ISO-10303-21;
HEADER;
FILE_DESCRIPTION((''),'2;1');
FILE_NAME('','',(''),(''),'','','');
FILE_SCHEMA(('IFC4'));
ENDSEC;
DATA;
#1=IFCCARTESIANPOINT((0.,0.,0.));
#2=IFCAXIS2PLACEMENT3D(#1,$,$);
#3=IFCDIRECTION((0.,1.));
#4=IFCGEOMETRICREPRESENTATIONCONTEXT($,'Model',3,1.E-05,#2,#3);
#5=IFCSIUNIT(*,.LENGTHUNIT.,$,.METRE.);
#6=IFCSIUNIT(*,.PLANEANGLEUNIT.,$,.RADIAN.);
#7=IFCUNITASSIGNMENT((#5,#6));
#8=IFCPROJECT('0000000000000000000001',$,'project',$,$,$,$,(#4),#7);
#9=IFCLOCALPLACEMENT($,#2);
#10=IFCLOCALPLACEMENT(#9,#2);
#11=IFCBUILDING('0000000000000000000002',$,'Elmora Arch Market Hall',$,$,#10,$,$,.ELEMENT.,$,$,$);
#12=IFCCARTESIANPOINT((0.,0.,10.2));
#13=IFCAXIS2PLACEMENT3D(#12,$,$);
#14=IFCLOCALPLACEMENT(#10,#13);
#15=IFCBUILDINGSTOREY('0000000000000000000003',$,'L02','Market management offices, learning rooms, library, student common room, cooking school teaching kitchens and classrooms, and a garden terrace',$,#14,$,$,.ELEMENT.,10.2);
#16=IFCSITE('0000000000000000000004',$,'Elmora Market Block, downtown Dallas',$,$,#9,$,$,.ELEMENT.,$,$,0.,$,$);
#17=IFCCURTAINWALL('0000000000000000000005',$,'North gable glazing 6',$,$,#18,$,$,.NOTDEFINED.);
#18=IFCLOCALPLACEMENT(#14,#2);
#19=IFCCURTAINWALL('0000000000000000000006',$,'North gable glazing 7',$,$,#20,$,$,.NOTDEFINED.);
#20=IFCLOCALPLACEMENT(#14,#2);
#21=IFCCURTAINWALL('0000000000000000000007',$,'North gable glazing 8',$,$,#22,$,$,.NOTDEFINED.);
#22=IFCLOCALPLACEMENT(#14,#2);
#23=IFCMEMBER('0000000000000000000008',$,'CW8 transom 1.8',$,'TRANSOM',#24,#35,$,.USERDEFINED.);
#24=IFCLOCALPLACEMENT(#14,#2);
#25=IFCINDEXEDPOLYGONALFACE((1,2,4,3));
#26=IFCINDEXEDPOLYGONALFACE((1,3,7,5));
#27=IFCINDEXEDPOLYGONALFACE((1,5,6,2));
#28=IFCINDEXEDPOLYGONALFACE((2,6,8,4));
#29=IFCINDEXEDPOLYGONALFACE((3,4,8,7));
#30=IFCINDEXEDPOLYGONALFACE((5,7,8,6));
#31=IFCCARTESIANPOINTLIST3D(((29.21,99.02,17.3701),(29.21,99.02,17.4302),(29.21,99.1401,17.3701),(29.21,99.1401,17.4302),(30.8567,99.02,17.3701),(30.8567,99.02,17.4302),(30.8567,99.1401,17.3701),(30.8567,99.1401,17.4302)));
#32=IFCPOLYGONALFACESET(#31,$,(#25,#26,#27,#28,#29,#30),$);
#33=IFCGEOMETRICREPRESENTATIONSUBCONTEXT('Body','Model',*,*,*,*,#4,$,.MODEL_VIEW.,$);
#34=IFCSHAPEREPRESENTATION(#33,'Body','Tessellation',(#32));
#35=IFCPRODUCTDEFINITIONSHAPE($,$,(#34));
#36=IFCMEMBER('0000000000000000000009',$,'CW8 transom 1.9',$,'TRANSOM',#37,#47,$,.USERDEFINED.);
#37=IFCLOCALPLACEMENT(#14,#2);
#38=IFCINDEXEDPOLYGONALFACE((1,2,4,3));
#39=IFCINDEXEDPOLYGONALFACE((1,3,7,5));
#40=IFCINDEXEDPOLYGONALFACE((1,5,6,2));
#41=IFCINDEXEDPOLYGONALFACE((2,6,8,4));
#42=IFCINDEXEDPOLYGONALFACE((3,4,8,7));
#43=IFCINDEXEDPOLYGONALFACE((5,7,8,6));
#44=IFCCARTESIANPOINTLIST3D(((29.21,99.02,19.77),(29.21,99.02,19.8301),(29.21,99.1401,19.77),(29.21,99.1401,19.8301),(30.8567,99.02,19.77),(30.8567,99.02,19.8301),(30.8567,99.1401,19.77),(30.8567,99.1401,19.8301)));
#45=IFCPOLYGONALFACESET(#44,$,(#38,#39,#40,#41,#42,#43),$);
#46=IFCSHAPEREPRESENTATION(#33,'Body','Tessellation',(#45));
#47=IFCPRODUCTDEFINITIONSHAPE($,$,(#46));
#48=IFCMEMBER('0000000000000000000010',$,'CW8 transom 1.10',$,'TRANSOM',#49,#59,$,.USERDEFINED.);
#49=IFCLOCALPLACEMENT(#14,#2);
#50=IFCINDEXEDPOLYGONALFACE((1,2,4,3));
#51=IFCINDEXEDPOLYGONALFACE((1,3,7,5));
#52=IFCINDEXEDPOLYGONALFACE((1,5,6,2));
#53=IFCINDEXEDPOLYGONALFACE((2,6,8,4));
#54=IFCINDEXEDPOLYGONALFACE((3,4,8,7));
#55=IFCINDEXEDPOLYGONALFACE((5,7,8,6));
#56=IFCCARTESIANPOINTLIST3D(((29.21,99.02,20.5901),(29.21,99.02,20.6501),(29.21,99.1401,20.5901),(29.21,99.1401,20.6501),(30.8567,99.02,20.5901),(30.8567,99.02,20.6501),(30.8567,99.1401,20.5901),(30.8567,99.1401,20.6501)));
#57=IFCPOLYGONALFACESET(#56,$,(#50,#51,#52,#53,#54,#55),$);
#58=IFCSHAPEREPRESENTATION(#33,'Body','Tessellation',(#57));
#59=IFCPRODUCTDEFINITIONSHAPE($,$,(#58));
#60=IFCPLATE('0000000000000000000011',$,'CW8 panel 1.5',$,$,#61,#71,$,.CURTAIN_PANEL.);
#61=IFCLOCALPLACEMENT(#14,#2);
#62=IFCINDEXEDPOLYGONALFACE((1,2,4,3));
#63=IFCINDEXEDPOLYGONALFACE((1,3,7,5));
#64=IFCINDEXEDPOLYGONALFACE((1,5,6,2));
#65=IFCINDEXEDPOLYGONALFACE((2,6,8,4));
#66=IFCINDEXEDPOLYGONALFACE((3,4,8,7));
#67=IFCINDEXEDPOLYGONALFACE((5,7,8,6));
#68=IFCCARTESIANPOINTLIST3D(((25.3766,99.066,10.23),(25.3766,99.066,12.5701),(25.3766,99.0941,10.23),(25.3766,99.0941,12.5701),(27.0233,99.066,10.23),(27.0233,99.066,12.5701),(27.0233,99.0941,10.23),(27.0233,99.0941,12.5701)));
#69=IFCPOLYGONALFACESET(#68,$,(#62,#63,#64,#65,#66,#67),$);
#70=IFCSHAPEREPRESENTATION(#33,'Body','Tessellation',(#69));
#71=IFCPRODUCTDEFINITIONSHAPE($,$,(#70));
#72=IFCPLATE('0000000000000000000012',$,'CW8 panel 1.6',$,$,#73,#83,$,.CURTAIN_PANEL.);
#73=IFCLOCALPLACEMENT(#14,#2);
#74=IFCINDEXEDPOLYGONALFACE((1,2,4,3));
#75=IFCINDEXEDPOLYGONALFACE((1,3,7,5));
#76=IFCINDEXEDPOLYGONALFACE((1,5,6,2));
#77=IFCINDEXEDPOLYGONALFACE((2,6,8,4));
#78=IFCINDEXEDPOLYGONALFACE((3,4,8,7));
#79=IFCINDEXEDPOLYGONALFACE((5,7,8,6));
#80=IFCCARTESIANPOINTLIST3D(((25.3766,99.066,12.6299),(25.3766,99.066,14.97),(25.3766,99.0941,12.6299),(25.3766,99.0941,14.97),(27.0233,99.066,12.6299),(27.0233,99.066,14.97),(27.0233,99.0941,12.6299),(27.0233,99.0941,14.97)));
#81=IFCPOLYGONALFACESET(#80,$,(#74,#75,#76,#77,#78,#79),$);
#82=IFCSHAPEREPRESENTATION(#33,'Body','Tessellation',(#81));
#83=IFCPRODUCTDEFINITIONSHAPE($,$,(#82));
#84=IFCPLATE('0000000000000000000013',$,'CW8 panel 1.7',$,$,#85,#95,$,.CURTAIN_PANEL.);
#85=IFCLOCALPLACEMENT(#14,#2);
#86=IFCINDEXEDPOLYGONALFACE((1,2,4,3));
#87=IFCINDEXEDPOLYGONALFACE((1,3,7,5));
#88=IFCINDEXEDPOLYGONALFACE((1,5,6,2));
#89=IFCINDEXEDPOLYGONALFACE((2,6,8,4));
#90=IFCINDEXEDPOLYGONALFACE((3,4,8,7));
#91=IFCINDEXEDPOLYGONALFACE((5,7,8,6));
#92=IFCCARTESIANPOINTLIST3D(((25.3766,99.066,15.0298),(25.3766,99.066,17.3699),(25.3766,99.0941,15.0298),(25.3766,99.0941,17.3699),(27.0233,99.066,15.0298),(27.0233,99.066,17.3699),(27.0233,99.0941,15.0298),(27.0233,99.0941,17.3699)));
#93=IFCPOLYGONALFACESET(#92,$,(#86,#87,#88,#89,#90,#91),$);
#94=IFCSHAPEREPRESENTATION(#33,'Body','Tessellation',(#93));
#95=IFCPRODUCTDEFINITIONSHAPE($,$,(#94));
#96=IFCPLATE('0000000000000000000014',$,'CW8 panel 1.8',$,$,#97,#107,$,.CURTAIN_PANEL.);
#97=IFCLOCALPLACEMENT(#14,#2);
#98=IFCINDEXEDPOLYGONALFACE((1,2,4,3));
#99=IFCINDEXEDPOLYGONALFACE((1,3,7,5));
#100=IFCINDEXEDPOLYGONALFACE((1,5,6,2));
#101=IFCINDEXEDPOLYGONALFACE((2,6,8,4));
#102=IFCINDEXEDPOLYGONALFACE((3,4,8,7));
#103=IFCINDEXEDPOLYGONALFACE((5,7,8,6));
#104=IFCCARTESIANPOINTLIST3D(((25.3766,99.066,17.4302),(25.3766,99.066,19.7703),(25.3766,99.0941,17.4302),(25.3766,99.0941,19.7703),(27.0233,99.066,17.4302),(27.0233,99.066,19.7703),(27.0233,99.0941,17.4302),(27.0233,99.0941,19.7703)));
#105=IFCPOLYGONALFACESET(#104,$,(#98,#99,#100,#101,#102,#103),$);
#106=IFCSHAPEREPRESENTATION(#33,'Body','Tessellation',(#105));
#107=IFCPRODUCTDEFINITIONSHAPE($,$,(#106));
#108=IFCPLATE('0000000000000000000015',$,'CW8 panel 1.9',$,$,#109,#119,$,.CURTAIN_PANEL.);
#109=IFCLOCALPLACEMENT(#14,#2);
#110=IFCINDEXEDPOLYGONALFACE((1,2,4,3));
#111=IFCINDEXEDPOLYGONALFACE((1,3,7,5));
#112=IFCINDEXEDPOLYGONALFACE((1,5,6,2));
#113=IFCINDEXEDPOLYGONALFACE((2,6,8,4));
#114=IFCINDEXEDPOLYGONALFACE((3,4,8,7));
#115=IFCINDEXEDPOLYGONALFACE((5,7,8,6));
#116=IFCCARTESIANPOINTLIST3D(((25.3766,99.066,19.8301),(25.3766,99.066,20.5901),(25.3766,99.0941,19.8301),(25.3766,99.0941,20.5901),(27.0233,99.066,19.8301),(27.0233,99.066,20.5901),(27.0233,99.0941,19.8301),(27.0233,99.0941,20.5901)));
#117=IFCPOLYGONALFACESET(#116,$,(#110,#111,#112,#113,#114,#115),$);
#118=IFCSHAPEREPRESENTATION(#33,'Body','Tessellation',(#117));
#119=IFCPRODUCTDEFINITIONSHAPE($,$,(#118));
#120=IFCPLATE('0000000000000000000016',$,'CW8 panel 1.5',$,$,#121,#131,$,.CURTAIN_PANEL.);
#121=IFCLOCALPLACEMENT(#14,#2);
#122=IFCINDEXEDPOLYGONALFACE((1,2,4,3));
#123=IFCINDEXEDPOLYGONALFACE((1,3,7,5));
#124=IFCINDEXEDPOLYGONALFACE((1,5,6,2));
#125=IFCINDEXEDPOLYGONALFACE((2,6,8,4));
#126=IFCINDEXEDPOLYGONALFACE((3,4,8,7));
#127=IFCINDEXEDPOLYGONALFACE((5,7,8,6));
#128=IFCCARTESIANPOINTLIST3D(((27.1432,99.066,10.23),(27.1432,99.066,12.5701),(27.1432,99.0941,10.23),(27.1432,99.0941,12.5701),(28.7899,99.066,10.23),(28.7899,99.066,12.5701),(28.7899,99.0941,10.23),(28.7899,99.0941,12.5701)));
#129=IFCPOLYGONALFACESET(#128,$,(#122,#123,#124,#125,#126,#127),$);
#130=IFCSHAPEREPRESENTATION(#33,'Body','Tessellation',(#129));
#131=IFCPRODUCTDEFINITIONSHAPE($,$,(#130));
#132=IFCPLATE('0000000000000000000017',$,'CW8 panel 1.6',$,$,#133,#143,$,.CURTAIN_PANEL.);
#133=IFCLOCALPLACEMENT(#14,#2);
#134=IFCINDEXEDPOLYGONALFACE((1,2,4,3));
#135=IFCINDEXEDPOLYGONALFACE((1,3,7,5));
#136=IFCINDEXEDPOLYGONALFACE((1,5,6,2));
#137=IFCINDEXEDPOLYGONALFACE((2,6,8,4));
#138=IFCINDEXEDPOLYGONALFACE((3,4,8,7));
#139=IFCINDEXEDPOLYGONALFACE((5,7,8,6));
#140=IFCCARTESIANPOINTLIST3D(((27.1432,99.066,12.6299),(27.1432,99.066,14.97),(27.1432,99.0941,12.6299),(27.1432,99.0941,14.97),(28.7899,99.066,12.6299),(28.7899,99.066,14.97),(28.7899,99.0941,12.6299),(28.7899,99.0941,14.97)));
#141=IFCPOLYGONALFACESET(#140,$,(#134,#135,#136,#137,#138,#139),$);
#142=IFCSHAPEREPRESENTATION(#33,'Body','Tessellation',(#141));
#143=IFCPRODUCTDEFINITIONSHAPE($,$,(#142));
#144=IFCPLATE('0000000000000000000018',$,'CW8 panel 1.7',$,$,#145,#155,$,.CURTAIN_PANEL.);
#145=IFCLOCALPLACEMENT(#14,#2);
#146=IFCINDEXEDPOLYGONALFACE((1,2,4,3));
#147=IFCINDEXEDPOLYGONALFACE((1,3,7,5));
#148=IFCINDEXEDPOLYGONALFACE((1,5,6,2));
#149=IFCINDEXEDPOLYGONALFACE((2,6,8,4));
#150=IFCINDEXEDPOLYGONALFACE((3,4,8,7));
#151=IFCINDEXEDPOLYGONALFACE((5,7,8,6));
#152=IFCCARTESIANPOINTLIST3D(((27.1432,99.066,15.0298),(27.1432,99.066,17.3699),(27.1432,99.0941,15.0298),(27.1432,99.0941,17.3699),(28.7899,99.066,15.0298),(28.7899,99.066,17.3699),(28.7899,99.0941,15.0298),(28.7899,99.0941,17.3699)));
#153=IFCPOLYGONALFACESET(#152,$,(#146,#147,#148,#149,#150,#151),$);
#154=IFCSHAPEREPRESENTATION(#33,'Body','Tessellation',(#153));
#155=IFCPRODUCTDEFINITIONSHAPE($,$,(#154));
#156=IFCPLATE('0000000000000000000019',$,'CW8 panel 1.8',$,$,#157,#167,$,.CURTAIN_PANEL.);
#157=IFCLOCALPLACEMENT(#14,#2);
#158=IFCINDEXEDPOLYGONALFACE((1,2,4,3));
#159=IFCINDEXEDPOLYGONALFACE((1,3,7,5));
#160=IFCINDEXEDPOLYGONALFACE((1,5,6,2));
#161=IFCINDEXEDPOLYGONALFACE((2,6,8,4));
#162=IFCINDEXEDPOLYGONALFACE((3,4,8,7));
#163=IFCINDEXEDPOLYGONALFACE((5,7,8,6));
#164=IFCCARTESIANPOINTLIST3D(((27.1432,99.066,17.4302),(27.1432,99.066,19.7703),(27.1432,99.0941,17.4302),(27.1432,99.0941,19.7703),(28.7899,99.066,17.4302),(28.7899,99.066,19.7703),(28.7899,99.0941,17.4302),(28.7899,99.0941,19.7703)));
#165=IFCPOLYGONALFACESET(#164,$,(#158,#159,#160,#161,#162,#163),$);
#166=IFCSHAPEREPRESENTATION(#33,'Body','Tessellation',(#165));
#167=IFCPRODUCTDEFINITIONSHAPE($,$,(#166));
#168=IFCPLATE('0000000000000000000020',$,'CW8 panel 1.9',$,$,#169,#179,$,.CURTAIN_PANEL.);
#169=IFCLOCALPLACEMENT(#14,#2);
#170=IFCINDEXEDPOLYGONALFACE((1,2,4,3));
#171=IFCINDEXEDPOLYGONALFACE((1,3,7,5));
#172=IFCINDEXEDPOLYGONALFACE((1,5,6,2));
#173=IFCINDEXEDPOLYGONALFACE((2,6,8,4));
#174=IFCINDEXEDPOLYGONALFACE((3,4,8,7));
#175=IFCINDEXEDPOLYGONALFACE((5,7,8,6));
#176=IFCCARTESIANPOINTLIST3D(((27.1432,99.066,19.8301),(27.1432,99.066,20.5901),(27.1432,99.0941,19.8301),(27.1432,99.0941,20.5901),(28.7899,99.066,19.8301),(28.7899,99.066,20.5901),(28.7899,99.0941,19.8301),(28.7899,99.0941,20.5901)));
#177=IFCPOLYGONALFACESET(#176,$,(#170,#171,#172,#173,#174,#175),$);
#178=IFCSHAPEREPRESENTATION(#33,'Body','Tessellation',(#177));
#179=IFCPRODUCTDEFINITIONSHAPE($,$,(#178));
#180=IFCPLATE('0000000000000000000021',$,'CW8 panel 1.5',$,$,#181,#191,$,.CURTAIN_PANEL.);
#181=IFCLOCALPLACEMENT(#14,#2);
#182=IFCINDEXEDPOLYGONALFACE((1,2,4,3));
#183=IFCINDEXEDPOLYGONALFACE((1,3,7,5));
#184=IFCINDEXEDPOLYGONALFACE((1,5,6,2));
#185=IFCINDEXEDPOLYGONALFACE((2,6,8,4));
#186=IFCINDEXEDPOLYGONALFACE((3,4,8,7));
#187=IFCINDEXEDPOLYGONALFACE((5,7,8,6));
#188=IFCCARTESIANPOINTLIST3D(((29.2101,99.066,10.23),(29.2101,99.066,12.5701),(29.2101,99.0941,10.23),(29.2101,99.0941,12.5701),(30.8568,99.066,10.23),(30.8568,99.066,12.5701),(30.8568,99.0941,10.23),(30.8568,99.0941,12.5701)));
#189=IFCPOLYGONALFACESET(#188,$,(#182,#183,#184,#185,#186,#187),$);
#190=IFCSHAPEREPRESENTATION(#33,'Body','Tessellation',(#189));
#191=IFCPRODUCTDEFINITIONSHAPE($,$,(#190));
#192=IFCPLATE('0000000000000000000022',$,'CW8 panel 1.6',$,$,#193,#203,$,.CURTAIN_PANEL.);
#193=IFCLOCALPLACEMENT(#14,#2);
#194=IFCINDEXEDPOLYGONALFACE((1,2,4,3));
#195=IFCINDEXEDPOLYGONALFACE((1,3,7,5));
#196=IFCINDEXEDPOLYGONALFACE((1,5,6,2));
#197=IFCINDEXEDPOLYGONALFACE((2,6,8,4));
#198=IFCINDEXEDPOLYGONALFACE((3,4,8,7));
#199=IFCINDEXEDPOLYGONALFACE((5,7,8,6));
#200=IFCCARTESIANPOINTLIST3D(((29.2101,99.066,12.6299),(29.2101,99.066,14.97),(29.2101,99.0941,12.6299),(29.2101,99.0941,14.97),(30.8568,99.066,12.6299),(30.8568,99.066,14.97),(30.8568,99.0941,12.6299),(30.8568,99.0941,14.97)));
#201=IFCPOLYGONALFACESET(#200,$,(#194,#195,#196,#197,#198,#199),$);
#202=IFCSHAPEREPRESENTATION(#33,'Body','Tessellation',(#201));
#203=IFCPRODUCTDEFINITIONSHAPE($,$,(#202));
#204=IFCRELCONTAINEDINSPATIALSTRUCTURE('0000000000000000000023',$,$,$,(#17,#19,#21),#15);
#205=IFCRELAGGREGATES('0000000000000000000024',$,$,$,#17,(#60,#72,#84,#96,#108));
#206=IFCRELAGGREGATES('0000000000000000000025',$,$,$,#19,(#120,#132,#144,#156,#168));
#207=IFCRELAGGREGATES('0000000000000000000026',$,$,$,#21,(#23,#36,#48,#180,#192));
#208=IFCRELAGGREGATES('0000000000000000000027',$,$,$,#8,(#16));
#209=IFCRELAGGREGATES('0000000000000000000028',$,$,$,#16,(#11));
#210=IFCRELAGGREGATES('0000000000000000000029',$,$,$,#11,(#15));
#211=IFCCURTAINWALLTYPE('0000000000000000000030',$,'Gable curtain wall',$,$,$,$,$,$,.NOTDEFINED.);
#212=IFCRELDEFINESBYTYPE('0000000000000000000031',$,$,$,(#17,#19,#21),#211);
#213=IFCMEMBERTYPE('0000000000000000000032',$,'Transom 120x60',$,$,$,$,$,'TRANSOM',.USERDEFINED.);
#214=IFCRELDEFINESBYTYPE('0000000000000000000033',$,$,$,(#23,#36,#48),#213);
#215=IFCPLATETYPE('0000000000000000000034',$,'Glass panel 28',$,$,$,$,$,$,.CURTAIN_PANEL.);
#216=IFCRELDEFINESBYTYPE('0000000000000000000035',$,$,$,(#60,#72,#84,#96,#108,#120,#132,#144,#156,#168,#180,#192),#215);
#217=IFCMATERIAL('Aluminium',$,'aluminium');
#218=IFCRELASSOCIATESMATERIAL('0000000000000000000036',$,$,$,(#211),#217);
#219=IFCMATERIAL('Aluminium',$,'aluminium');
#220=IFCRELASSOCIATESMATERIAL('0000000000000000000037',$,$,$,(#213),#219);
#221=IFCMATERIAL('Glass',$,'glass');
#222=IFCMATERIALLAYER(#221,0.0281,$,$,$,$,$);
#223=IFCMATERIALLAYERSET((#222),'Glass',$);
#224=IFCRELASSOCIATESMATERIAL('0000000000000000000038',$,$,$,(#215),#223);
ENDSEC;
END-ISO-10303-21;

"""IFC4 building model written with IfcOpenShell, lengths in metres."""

from ifc_helpers import new_model, si_unit, direction, frame, origin, origin_2d, place, context, subcontext, project, spatial, rectangle, extrude, material, layer, layer_set, material_profile, profile_set, type_object, element, aggregate, save


model = new_model("IFC4")

# Units and contexts
model_context = context("Model", 3, precision=1e-05, world=origin(), true_north=direction((0.0, 1.0)))
body_context = subcontext(model_context, "Body", "Model", "MODEL_VIEW")
ifc_project = project(units=[si_unit("LENGTHUNIT", "METRE"), si_unit("PLANEANGLEUNIT", "RADIAN")], contexts=[model_context])

# Site, building, storey
site_placement = place(None, origin())
site = spatial("IfcSite", under=ifc_project, at=site_placement, Name="Elmora Market Block, downtown Dallas", CompositionType="ELEMENT", RefElevation=0.0)
building_placement = place(site_placement, origin())
building = spatial("IfcBuilding", under=site, at=building_placement, Name="Elmora Arch Market Hall", CompositionType="ELEMENT")
storey_placement = place(building_placement, frame((0.0, 0.0, 10.2)))
storey = spatial("IfcBuildingStorey", under=building, at=storey_placement, Name="L02", Description="Market management offices, learning rooms, library, student common room, cooking school teaching kitchens and classrooms, and a garden terrace", CompositionType="ELEMENT", Elevation=10.2)

# Curtain walls, members
ifc_material_1 = material(Name="Aluminium", Category="aluminium")
curtain_wall_type = type_object("IfcCurtainWallType", Name="Gable curtain wall", PredefinedType="NOTDEFINED", material=ifc_material_1)
curtain_wall_1_placement = place(storey_placement, origin())
curtain_wall_1 = element("IfcCurtainWall", 1, at=curtain_wall_1_placement, inside=storey, type_object=curtain_wall_type, Name="North gable glazing 6", PredefinedType="NOTDEFINED")
ifc_material_2 = material(Name="Aluminium", Category="aluminium")
ifc_material_profile = material_profile(ifc_material_2, rectangle(XDim=0.1201, YDim=0.0601, at=origin_2d()), Name="AL 120x60")
ifc_profile_set = profile_set([ifc_material_profile], Name="Aluminium")
member_type = type_object("IfcMemberType", Name="Transom 120x60", ElementType="TRANSOM", PredefinedType="USERDEFINED", material=ifc_profile_set)
curtain_wall_2_placement = place(storey_placement, origin())
curtain_wall_2 = element("IfcCurtainWall", 2, at=curtain_wall_2_placement, inside=storey, type_object=curtain_wall_type, Name="North gable glazing 7", PredefinedType="NOTDEFINED")
curtain_wall_3_placement = place(storey_placement, origin())
curtain_wall_3 = element("IfcCurtainWall", 3, at=curtain_wall_3_placement, inside=storey, type_object=curtain_wall_type, Name="North gable glazing 8", PredefinedType="NOTDEFINED")
member_1_placement = place(storey_placement, frame((29.21, 99.0801, 17.4001), z_axis=(1.0, 0.0, 0.0), x_axis=(0.0, 1.0, 0.0)))
member_1 = element("IfcMember", 4, at=member_1_placement, type_object=member_type, Name="CW8 transom 1.8", ObjectType="TRANSOM", PredefinedType="USERDEFINED", context=body_context, shape_type="SweptSolid", body=[
    extrude(rectangle(XDim=0.1201, YDim=0.0601, at=origin_2d()), origin(), (0.0, 0.0, 1.0), 1.6467),
])
member_2_placement = place(storey_placement, frame((29.21, 99.0801, 19.8), z_axis=(1.0, 0.0, 0.0), x_axis=(0.0, 1.0, 0.0)))
member_2 = element("IfcMember", 5, at=member_2_placement, type_object=member_type, Name="CW8 transom 1.9", ObjectType="TRANSOM", PredefinedType="USERDEFINED", context=body_context, shape_type="SweptSolid", body=[
    extrude(rectangle(XDim=0.1201, YDim=0.0601, at=origin_2d()), origin(), (0.0, 0.0, 1.0), 1.6467),
])
member_3_placement = place(storey_placement, frame((29.21, 99.0801, 20.6201), z_axis=(1.0, 0.0, 0.0), x_axis=(0.0, 1.0, 0.0)))
member_3 = element("IfcMember", 6, at=member_3_placement, type_object=member_type, Name="CW8 transom 1.10", ObjectType="TRANSOM", PredefinedType="USERDEFINED", context=body_context, shape_type="SweptSolid", body=[
    extrude(rectangle(XDim=0.1201, YDim=0.0601, at=origin_2d()), origin(), (0.0, 0.0, 1.0), 1.6467),
])

# Plates
ifc_material_3 = material(Name="Glass", Category="glass")
ifc_layer = layer(ifc_material_3, 0.0281)
ifc_layer_set = layer_set([ifc_layer], Name="Glass")
plate_type = type_object("IfcPlateType", Name="Glass panel 28", PredefinedType="CURTAIN_PANEL", material=ifc_layer_set)
plate_1_placement = place(storey_placement, frame((26.2, 99.0801, 10.23), z_axis=(0.0, 0.0, 1.0), x_axis=(1.0, 0.0, 0.0)))
plate_1 = element("IfcPlate", 7, at=plate_1_placement, type_object=plate_type, Name="CW8 panel 1.5", PredefinedType="CURTAIN_PANEL", context=body_context, shape_type="SweptSolid", body=[
    extrude(rectangle(XDim=1.6467, YDim=0.0281, at=origin_2d()), origin(), (0.0, 0.0, 1.0), 2.3401),
])
plate_2_placement = place(storey_placement, frame((26.2, 99.0801, 12.6299), z_axis=(0.0, 0.0, 1.0), x_axis=(1.0, 0.0, 0.0)))
plate_2 = element("IfcPlate", 8, at=plate_2_placement, type_object=plate_type, Name="CW8 panel 1.6", PredefinedType="CURTAIN_PANEL", context=body_context, shape_type="SweptSolid", body=[
    extrude(rectangle(XDim=1.6467, YDim=0.0281, at=origin_2d()), origin(), (0.0, 0.0, 1.0), 2.3401),
])
plate_3_placement = place(storey_placement, frame((26.2, 99.0801, 15.0298), z_axis=(0.0, 0.0, 1.0), x_axis=(1.0, 0.0, 0.0)))
plate_3 = element("IfcPlate", 9, at=plate_3_placement, type_object=plate_type, Name="CW8 panel 1.7", PredefinedType="CURTAIN_PANEL", context=body_context, shape_type="SweptSolid", body=[
    extrude(rectangle(XDim=1.6467, YDim=0.0281, at=origin_2d()), origin(), (0.0, 0.0, 1.0), 2.3401),
])
plate_4_placement = place(storey_placement, frame((26.2, 99.0801, 17.4302), z_axis=(0.0, 0.0, 1.0), x_axis=(1.0, 0.0, 0.0)))
plate_4 = element("IfcPlate", 10, at=plate_4_placement, type_object=plate_type, Name="CW8 panel 1.8", PredefinedType="CURTAIN_PANEL", context=body_context, shape_type="SweptSolid", body=[
    extrude(rectangle(XDim=1.6467, YDim=0.0281, at=origin_2d()), origin(), (0.0, 0.0, 1.0), 2.3401),
])
plate_5_placement = place(storey_placement, frame((26.2, 99.0801, 19.8301), z_axis=(0.0, 0.0, 1.0), x_axis=(1.0, 0.0, 0.0)))
plate_5 = element("IfcPlate", 11, at=plate_5_placement, type_object=plate_type, Name="CW8 panel 1.9", PredefinedType="CURTAIN_PANEL", context=body_context, shape_type="SweptSolid", body=[
    extrude(rectangle(XDim=1.6467, YDim=0.0281, at=origin_2d()), origin(), (0.0, 0.0, 1.0), 0.76),
])
aggregate(curtain_wall_1, [plate_1, plate_2, plate_3, plate_4, plate_5])
plate_6_placement = place(storey_placement, frame((27.9666, 99.0801, 10.23), z_axis=(0.0, 0.0, 1.0), x_axis=(1.0, 0.0, 0.0)))
plate_6 = element("IfcPlate", 12, at=plate_6_placement, type_object=plate_type, Name="CW8 panel 1.5", PredefinedType="CURTAIN_PANEL", context=body_context, shape_type="SweptSolid", body=[
    extrude(rectangle(XDim=1.6467, YDim=0.0281, at=origin_2d()), origin(), (0.0, 0.0, 1.0), 2.3401),
])
plate_7_placement = place(storey_placement, frame((27.9666, 99.0801, 12.6299), z_axis=(0.0, 0.0, 1.0), x_axis=(1.0, 0.0, 0.0)))
plate_7 = element("IfcPlate", 13, at=plate_7_placement, type_object=plate_type, Name="CW8 panel 1.6", PredefinedType="CURTAIN_PANEL", context=body_context, shape_type="SweptSolid", body=[
    extrude(rectangle(XDim=1.6467, YDim=0.0281, at=origin_2d()), origin(), (0.0, 0.0, 1.0), 2.3401),
])
plate_8_placement = place(storey_placement, frame((27.9666, 99.0801, 15.0298), z_axis=(0.0, 0.0, 1.0), x_axis=(1.0, 0.0, 0.0)))
plate_8 = element("IfcPlate", 14, at=plate_8_placement, type_object=plate_type, Name="CW8 panel 1.7", PredefinedType="CURTAIN_PANEL", context=body_context, shape_type="SweptSolid", body=[
    extrude(rectangle(XDim=1.6467, YDim=0.0281, at=origin_2d()), origin(), (0.0, 0.0, 1.0), 2.3401),
])
plate_9_placement = place(storey_placement, frame((27.9666, 99.0801, 17.4302), z_axis=(0.0, 0.0, 1.0), x_axis=(1.0, 0.0, 0.0)))
plate_9 = element("IfcPlate", 15, at=plate_9_placement, type_object=plate_type, Name="CW8 panel 1.8", PredefinedType="CURTAIN_PANEL", context=body_context, shape_type="SweptSolid", body=[
    extrude(rectangle(XDim=1.6467, YDim=0.0281, at=origin_2d()), origin(), (0.0, 0.0, 1.0), 2.3401),
])
plate_10_placement = place(storey_placement, frame((27.9666, 99.0801, 19.8301), z_axis=(0.0, 0.0, 1.0), x_axis=(1.0, 0.0, 0.0)))
plate_10 = element("IfcPlate", 16, at=plate_10_placement, type_object=plate_type, Name="CW8 panel 1.9", PredefinedType="CURTAIN_PANEL", context=body_context, shape_type="SweptSolid", body=[
    extrude(rectangle(XDim=1.6467, YDim=0.0281, at=origin_2d()), origin(), (0.0, 0.0, 1.0), 0.76),
])
aggregate(curtain_wall_2, [plate_6, plate_7, plate_8, plate_9, plate_10])
plate_11_placement = place(storey_placement, frame((30.0334, 99.0801, 10.23), z_axis=(0.0, 0.0, 1.0), x_axis=(1.0, 0.0, 0.0)))
plate_11 = element("IfcPlate", 17, at=plate_11_placement, type_object=plate_type, Name="CW8 panel 1.5", PredefinedType="CURTAIN_PANEL", context=body_context, shape_type="SweptSolid", body=[
    extrude(rectangle(XDim=1.6467, YDim=0.0281, at=origin_2d()), origin(), (0.0, 0.0, 1.0), 2.3401),
])
plate_12_placement = place(storey_placement, frame((30.0334, 99.0801, 12.6299), z_axis=(0.0, 0.0, 1.0), x_axis=(1.0, 0.0, 0.0)))
plate_12 = element("IfcPlate", 18, at=plate_12_placement, type_object=plate_type, Name="CW8 panel 1.6", PredefinedType="CURTAIN_PANEL", context=body_context, shape_type="SweptSolid", body=[
    extrude(rectangle(XDim=1.6467, YDim=0.0281, at=origin_2d()), origin(), (0.0, 0.0, 1.0), 2.3401),
])
aggregate(curtain_wall_3, [member_1, member_2, member_3, plate_11, plate_12])

save(model, "model.ifc")
